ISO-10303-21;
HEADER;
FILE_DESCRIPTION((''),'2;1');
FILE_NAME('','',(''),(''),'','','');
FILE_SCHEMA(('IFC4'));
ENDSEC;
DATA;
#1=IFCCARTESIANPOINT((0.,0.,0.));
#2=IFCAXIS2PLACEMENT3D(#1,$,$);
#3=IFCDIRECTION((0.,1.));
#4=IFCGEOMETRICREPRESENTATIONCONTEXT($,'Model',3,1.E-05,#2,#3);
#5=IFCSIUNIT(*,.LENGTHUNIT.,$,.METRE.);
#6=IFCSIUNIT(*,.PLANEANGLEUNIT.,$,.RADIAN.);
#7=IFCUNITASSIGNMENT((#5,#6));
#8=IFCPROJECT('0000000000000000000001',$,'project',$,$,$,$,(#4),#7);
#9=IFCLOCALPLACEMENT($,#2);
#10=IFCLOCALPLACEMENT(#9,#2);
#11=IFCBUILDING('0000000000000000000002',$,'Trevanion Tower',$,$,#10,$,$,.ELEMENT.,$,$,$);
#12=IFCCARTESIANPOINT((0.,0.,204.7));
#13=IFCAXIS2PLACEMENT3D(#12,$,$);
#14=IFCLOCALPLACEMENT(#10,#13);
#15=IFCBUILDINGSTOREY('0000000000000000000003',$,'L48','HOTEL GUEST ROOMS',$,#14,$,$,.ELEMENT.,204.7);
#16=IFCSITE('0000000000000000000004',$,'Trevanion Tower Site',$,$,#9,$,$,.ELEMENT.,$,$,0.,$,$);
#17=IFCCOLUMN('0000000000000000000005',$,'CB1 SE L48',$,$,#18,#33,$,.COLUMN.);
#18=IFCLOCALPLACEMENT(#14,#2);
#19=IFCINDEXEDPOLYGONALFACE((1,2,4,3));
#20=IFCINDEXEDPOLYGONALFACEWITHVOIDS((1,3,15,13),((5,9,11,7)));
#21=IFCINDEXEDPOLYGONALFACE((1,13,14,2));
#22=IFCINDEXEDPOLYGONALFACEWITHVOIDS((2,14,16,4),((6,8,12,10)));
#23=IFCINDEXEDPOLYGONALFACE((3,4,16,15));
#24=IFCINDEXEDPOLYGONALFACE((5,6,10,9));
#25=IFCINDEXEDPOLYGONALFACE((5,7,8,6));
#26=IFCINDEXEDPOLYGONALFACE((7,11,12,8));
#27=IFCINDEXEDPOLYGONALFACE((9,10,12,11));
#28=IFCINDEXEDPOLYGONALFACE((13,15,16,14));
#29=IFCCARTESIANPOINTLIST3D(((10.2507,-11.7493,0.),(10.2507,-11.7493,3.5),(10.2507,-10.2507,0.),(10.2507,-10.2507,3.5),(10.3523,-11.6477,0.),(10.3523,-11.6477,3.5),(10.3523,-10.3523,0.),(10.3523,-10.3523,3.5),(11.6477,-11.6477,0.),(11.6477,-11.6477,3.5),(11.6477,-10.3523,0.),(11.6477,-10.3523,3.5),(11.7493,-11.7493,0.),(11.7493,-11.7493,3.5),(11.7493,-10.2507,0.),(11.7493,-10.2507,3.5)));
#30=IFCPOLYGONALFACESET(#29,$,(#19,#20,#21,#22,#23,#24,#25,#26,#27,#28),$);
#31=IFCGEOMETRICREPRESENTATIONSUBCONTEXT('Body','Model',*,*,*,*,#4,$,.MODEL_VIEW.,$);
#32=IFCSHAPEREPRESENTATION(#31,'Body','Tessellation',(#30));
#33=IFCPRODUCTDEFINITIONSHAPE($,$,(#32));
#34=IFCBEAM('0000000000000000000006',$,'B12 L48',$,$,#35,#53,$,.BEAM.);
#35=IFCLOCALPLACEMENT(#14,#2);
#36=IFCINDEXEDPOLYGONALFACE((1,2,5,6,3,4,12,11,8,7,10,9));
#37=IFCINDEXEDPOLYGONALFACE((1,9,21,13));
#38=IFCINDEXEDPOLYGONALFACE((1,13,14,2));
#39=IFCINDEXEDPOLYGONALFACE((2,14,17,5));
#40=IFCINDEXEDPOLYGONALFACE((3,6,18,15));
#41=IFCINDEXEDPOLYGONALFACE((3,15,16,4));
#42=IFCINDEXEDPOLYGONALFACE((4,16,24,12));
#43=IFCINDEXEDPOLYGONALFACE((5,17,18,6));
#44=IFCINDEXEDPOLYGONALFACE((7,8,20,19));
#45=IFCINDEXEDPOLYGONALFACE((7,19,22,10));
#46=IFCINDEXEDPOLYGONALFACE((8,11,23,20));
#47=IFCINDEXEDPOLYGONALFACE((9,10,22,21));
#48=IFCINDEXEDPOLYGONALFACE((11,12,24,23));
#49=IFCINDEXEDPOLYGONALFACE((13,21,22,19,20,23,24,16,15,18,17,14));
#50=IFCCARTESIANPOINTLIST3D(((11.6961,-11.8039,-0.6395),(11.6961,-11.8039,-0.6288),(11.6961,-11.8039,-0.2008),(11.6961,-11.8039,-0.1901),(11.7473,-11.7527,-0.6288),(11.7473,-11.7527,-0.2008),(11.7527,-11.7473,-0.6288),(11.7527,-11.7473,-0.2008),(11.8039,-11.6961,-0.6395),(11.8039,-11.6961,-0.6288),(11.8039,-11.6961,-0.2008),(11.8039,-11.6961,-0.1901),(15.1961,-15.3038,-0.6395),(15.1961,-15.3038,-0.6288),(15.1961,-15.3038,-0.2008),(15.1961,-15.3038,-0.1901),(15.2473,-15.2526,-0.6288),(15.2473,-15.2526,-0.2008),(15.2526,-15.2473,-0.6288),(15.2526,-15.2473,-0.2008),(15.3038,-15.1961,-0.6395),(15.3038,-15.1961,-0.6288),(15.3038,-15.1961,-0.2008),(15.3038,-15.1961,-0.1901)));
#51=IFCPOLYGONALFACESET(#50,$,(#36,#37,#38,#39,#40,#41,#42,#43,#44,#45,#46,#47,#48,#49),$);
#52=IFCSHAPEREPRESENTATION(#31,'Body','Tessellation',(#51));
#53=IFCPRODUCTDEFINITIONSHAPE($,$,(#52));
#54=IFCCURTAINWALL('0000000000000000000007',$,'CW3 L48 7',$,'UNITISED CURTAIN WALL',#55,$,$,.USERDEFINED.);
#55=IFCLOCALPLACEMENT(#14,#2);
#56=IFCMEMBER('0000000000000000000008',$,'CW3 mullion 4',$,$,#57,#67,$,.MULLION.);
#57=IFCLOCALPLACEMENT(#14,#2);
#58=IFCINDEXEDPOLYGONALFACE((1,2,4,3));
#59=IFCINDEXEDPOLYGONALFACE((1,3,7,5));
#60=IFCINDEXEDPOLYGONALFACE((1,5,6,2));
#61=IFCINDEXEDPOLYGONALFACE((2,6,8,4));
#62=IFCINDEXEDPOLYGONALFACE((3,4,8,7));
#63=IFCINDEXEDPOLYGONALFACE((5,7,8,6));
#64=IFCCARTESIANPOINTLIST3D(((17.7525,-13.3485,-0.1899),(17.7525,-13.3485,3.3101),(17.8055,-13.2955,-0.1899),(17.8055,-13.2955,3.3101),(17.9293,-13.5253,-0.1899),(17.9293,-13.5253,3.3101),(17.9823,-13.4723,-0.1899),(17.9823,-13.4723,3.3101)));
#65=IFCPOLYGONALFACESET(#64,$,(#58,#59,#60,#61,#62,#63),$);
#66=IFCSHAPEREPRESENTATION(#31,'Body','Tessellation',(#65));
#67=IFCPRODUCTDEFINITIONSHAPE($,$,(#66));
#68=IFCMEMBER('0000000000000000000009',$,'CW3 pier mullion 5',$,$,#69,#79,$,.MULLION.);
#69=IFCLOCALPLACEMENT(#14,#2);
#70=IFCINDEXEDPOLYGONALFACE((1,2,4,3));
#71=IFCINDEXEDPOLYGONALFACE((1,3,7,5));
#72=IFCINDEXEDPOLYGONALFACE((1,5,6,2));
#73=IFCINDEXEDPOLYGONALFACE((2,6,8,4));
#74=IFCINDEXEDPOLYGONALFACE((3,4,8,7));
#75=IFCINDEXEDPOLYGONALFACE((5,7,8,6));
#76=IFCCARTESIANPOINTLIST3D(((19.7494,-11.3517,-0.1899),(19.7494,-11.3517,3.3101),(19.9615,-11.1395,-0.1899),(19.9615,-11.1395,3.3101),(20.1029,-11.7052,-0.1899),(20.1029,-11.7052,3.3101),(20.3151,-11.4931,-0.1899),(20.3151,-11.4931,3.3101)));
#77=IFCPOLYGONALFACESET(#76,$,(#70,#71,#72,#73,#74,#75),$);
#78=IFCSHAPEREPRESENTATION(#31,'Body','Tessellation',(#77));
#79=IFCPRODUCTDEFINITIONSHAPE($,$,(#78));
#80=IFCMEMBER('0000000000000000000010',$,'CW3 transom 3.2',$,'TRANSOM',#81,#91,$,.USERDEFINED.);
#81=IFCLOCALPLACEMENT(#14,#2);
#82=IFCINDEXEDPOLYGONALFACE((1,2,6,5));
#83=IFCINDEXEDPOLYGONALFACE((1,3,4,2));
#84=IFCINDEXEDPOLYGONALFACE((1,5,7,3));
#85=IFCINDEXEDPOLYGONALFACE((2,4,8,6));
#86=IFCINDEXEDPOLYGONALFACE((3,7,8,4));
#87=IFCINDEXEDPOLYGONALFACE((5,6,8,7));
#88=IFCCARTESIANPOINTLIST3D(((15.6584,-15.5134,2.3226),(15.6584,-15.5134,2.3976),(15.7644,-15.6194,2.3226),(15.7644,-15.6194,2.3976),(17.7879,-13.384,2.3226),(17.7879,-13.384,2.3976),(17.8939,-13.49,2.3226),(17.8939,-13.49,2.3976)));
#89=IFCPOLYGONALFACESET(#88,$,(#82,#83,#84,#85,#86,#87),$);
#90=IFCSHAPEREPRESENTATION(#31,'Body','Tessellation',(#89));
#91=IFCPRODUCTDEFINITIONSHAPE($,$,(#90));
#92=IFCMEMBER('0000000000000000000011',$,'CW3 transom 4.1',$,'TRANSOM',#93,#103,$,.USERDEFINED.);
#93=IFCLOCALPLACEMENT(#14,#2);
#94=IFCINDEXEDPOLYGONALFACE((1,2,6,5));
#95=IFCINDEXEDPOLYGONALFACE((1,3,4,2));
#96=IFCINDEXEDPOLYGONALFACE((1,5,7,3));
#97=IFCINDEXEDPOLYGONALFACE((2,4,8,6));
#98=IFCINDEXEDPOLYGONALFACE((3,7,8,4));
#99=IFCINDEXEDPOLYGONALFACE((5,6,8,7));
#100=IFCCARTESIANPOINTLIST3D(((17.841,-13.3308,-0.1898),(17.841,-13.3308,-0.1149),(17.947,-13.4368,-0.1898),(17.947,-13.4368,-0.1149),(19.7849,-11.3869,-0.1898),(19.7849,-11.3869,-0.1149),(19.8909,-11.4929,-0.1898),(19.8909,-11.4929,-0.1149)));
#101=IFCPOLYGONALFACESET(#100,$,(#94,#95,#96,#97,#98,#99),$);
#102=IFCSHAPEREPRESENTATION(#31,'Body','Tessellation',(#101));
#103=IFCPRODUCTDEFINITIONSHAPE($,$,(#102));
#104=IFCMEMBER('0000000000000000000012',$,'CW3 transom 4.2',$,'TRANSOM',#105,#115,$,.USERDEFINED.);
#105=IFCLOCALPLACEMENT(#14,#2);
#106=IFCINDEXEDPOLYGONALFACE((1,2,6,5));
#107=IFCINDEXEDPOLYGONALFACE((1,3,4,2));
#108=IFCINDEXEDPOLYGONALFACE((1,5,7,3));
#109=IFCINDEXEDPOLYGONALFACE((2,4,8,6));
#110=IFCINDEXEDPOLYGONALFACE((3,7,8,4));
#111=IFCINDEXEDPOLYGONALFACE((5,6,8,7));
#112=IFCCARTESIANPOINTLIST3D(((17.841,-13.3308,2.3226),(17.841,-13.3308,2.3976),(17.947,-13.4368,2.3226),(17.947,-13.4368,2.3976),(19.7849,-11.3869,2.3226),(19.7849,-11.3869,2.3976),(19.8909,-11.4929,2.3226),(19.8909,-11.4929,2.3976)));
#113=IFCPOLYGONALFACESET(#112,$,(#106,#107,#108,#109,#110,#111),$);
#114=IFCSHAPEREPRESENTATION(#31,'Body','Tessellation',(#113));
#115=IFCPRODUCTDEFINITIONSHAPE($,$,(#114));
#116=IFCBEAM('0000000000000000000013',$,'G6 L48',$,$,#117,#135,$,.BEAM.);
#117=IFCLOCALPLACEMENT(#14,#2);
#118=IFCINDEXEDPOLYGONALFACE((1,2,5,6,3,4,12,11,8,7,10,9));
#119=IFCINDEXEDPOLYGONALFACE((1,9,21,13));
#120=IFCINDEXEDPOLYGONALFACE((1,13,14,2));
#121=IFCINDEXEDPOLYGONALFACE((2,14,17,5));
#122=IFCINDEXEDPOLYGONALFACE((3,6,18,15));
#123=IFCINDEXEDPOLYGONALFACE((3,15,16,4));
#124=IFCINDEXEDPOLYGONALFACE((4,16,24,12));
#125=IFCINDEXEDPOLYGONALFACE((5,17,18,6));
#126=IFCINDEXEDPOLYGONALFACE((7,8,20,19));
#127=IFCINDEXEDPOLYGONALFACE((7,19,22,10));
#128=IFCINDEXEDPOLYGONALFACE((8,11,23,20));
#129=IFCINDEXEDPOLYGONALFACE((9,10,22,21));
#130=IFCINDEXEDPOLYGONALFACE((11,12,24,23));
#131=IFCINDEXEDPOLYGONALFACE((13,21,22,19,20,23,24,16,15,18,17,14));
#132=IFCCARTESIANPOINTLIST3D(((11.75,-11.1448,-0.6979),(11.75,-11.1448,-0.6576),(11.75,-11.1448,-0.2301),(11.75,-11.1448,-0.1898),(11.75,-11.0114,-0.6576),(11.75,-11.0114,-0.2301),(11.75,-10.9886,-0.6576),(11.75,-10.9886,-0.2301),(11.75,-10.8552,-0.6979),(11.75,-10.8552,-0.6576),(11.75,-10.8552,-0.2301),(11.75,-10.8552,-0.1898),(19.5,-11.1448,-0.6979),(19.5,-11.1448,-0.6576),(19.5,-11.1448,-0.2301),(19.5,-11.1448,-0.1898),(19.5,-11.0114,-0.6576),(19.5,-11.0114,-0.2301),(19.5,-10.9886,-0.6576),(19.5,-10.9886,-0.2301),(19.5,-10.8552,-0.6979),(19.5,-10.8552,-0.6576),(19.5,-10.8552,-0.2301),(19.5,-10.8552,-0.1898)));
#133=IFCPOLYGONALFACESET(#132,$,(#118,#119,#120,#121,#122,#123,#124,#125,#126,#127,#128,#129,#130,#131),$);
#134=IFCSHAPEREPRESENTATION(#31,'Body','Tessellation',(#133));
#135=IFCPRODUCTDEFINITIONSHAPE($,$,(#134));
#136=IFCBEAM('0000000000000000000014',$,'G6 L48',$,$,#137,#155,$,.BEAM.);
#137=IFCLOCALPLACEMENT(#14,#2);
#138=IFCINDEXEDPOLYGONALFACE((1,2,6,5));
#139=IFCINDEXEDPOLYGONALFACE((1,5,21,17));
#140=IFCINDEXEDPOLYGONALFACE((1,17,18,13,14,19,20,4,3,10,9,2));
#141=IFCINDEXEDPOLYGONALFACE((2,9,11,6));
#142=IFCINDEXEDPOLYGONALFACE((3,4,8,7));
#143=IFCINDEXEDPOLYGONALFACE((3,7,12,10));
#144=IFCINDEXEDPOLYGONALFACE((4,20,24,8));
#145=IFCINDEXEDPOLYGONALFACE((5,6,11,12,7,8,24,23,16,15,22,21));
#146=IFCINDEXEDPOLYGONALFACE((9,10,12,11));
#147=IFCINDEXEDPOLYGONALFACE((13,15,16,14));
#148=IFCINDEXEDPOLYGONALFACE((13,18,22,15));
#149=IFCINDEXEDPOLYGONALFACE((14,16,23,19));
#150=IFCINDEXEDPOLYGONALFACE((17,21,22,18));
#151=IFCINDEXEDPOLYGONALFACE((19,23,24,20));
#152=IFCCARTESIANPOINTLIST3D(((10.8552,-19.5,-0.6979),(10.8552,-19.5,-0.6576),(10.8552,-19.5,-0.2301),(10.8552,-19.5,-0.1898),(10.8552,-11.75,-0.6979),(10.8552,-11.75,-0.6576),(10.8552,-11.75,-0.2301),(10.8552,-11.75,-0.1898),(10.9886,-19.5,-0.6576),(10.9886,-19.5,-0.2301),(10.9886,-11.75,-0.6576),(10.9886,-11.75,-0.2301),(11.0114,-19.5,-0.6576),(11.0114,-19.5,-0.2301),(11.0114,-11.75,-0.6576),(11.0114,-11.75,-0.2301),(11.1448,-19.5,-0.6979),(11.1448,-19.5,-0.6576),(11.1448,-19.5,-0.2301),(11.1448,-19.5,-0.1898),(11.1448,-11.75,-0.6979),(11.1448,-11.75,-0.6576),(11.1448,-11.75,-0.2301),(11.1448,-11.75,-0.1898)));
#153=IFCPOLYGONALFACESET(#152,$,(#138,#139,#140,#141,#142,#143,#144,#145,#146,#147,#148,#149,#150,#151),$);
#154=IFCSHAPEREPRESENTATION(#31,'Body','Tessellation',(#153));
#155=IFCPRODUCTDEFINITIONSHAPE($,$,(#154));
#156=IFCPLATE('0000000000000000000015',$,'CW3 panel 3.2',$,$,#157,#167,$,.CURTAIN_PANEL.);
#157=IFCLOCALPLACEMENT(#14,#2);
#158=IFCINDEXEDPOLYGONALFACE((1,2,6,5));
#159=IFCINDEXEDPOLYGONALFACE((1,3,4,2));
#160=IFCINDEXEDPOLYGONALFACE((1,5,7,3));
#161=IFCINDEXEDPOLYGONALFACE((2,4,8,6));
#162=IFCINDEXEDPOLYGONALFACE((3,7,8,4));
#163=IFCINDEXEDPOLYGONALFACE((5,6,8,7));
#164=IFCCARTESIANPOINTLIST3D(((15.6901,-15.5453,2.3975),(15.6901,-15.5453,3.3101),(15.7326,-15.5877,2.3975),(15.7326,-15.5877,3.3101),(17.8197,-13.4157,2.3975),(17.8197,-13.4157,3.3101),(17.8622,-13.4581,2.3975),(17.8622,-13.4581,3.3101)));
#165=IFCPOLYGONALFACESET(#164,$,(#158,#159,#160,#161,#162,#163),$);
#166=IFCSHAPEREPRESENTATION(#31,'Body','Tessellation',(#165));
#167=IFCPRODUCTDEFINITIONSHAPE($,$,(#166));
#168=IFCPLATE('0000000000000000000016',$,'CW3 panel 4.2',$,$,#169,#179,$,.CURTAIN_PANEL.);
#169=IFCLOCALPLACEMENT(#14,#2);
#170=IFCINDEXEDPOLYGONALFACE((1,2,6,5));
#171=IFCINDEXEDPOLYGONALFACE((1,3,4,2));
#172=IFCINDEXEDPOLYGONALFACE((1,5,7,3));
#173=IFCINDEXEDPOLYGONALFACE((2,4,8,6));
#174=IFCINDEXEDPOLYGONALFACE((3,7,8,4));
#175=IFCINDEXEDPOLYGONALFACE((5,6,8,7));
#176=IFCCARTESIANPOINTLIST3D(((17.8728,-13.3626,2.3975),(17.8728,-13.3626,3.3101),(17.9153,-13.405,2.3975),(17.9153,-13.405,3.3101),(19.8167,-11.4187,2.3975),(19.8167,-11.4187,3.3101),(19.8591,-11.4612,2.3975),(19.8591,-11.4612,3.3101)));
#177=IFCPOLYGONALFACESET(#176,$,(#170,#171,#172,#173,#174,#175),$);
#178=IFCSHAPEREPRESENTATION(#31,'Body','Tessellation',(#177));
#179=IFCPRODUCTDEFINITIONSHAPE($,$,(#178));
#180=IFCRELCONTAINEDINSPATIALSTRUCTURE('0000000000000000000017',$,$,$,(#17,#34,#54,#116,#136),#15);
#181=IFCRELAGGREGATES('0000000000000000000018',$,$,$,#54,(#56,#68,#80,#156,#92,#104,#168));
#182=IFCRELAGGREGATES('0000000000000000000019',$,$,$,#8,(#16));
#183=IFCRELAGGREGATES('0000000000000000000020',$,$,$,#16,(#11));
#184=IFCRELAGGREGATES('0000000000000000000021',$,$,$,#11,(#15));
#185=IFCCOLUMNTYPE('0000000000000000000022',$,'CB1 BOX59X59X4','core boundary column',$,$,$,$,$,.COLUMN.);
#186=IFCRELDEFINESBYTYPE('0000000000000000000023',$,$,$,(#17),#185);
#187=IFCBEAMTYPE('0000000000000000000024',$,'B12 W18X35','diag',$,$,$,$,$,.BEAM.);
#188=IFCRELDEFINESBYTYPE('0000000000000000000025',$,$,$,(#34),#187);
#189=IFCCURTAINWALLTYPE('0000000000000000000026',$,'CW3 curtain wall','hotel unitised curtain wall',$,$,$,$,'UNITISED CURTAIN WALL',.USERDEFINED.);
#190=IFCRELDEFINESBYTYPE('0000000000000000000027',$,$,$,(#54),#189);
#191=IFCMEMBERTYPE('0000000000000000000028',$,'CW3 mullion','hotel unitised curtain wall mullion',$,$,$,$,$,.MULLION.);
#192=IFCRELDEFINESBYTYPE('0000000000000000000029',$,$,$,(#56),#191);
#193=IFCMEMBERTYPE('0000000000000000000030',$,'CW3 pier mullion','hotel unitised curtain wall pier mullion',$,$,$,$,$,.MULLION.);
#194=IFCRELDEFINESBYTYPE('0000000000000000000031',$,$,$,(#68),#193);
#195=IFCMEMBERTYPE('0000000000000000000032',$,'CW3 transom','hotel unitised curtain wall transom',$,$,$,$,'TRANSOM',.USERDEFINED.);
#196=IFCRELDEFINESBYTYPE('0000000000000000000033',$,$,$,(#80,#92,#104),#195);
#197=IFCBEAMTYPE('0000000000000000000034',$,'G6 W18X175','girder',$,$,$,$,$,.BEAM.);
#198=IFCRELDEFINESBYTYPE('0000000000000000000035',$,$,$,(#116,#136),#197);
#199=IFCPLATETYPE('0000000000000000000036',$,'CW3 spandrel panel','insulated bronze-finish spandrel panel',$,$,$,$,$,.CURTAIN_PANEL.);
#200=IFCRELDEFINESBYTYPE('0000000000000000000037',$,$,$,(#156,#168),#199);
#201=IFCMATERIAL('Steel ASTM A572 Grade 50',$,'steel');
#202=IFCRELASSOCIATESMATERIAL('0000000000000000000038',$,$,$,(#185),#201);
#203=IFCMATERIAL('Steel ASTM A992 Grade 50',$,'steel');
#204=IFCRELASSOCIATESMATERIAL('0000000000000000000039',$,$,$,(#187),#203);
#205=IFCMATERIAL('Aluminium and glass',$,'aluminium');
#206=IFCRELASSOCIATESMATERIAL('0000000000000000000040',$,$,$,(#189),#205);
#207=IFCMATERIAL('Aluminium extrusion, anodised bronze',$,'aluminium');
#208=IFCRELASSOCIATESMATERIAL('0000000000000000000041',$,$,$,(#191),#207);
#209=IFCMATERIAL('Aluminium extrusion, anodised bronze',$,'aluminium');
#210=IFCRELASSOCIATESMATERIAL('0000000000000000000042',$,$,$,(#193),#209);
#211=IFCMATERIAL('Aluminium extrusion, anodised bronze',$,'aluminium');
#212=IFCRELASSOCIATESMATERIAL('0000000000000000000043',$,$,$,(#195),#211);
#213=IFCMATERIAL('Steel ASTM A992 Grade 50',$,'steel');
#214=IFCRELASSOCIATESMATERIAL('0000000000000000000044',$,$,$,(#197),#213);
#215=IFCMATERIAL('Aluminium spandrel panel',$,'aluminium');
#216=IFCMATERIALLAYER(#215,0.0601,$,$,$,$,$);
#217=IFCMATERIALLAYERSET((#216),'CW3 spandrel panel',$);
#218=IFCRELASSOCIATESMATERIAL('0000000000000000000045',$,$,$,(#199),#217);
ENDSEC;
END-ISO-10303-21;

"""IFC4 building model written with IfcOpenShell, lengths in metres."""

from ifc_helpers import new_model, si_unit, direction, frame, origin, origin_2d, place, context, subcontext, project, spatial, rectangle, hollow_rectangle, i_section, extrude, material, layer, layer_set, material_profile, profile_set, type_object, element, aggregate, save


model = new_model("IFC4")

# Units and contexts
model_context = context("Model", 3, precision=1e-05, world=origin(), true_north=direction((0.0, 1.0)))
body_context = subcontext(model_context, "Body", "Model", "MODEL_VIEW")
ifc_project = project(units=[si_unit("LENGTHUNIT", "METRE"), si_unit("PLANEANGLEUNIT", "RADIAN")], contexts=[model_context])

# Site, building, storey
site_placement = place(None, origin())
site = spatial("IfcSite", under=ifc_project, at=site_placement, Name="Trevanion Tower Site", CompositionType="ELEMENT", RefElevation=0.0)
building_placement = place(site_placement, origin())
building = spatial("IfcBuilding", under=site, at=building_placement, Name="Trevanion Tower", CompositionType="ELEMENT")
storey_placement = place(building_placement, frame((0.0, 0.0, 204.7)))
storey = spatial("IfcBuildingStorey", under=building, at=storey_placement, Name="L48", Description="HOTEL GUEST ROOMS", CompositionType="ELEMENT", Elevation=204.7)

# Column
ifc_material_1 = material(Name="Steel ASTM A572 Grade 50", Category="steel")
ifc_material_profile_1 = material_profile(ifc_material_1, hollow_rectangle(XDim=1.4985, YDim=1.4985, WallThickness=0.1016, at=origin_2d()), Name="BOX59X59X4")
ifc_profile_set_1 = profile_set([ifc_material_profile_1], Name="Steel ASTM A572 Grade 50")
column_type = type_object("IfcColumnType", Name="CB1 BOX59X59X4", Description="core boundary column", PredefinedType="COLUMN", material=ifc_profile_set_1)
column_placement = place(storey_placement, frame((11.0, -11.0, 0.0), z_axis=(0.0, 0.0, 1.0), x_axis=(1.0, 0.0, 0.0)))
element("IfcColumn", 1, at=column_placement, inside=storey, type_object=column_type, Name="CB1 SE L48", PredefinedType="COLUMN", context=body_context, shape_type="SweptSolid", body=[
    extrude(hollow_rectangle(XDim=1.4985, YDim=1.4985, WallThickness=0.1016, at=origin_2d()), origin(), (0.0, 0.0, 1.0), 3.5),
])

# Beam
ifc_material_2 = material(Name="Steel ASTM A992 Grade 50", Category="steel")
ifc_material_profile_2 = material_profile(ifc_material_2, i_section(OverallWidth=0.1523, OverallDepth=0.4495, WebThickness=0.0076, FlangeThickness=0.0107, at=origin_2d()), Name="W18X35")
ifc_profile_set_2 = profile_set([ifc_material_profile_2], Name="Steel ASTM A992 Grade 50")
beam_type_1 = type_object("IfcBeamType", Name="B12 W18X35", Description="diag", PredefinedType="BEAM", material=ifc_profile_set_2)
beam_placement = place(storey_placement, frame((11.75, -11.75, -0.4148), z_axis=(0.707107, -0.707107, 0.0), x_axis=(0.707107, 0.707107, 0.0)))
element("IfcBeam", 2, at=beam_placement, inside=storey, type_object=beam_type_1, Name="B12 L48", PredefinedType="BEAM", context=body_context, shape_type="SweptSolid", body=[
    extrude(i_section(OverallWidth=0.1523, OverallDepth=0.4495, WebThickness=0.0076, FlangeThickness=0.0107, at=origin_2d()), origin(), (0.0, 0.0, 1.0), 4.9497),
])

# Curtain wall, members
ifc_material_3 = material(Name="Aluminium and glass", Category="aluminium")
curtain_wall_type = type_object("IfcCurtainWallType", Name="CW3 curtain wall", Description="hotel unitised curtain wall", ElementType="UNITISED CURTAIN WALL", PredefinedType="USERDEFINED", material=ifc_material_3)
curtain_wall_placement = place(storey_placement, origin())
curtain_wall = element("IfcCurtainWall", 3, at=curtain_wall_placement, inside=storey, type_object=curtain_wall_type, Name="CW3 L48 7", ObjectType="UNITISED CURTAIN WALL", PredefinedType="USERDEFINED")
ifc_material_4 = material(Name="Aluminium extrusion, anodised bronze", Category="aluminium")
ifc_material_profile_3 = material_profile(ifc_material_4, rectangle(XDim=0.075, YDim=0.25, at=origin_2d()), Name="CW3 mullion")
ifc_profile_set_3 = profile_set([ifc_material_profile_3], Name="Aluminium extrusion, anodised bronze")
member_type_1 = type_object("IfcMemberType", Name="CW3 mullion", Description="hotel unitised curtain wall mullion", PredefinedType="MULLION", material=ifc_profile_set_3)
member_1_placement = place(storey_placement, frame((17.8674, -13.4104, -0.1899), z_axis=(0.0, 0.0, 1.0), x_axis=(0.707107, 0.707107, 0.0)))
member_1 = element("IfcMember", 4, at=member_1_placement, type_object=member_type_1, Name="CW3 mullion 4", PredefinedType="MULLION", context=body_context, shape_type="SweptSolid", body=[
    extrude(rectangle(XDim=0.075, YDim=0.25, at=origin_2d()), origin(), (0.0, 0.0, 1.0), 3.5),
])
ifc_material_5 = material(Name="Aluminium extrusion, anodised bronze", Category="aluminium")
ifc_material_profile_4 = material_profile(ifc_material_5, rectangle(XDim=0.3, YDim=0.5, at=origin_2d()), Name="CW3 pier mullion")
ifc_profile_set_4 = profile_set([ifc_material_profile_4], Name="Aluminium extrusion, anodised bronze")
member_type_2 = type_object("IfcMemberType", Name="CW3 pier mullion", Description="hotel unitised curtain wall pier mullion", PredefinedType="MULLION", material=ifc_profile_set_4)
member_2_placement = place(storey_placement, frame((20.0322, -11.4224, -0.1899), z_axis=(0.0, 0.0, 1.0), x_axis=(0.707107, 0.707107, 0.0)))
member_2 = element("IfcMember", 5, at=member_2_placement, type_object=member_type_2, Name="CW3 pier mullion 5", PredefinedType="MULLION", context=body_context, shape_type="SweptSolid", body=[
    extrude(rectangle(XDim=0.3, YDim=0.5, at=origin_2d()), origin(), (0.0, 0.0, 1.0), 3.5),
])
ifc_material_6 = material(Name="Aluminium extrusion, anodised bronze", Category="aluminium")
ifc_material_profile_5 = material_profile(ifc_material_6, rectangle(XDim=0.1499, YDim=0.075, at=origin_2d()), Name="CW3 transom")
ifc_profile_set_5 = profile_set([ifc_material_profile_5], Name="Aluminium extrusion, anodised bronze")
member_type_3 = type_object("IfcMemberType", Name="CW3 transom", Description="hotel unitised curtain wall transom", ElementType="TRANSOM", PredefinedType="USERDEFINED", material=ifc_profile_set_5)
member_3_placement = place(storey_placement, frame((15.7114, -15.5664, 2.3601), z_axis=(0.707107, 0.707107, 0.0), x_axis=(-0.707107, 0.707107, 0.0)))
member_3 = element("IfcMember", 6, at=member_3_placement, type_object=member_type_3, Name="CW3 transom 3.2", ObjectType="TRANSOM", PredefinedType="USERDEFINED", context=body_context, shape_type="SweptSolid", body=[
    extrude(rectangle(XDim=0.1499, YDim=0.075, at=origin_2d()), origin(), (0.0, 0.0, 1.0), 3.0115),
])
member_4_placement = place(storey_placement, frame((17.894, -13.3838, -0.1523), z_axis=(0.707107, 0.707107, 0.0), x_axis=(-0.707107, 0.707107, 0.0)))
member_4 = element("IfcMember", 7, at=member_4_placement, type_object=member_type_3, Name="CW3 transom 4.1", ObjectType="TRANSOM", PredefinedType="USERDEFINED", context=body_context, shape_type="SweptSolid", body=[
    extrude(rectangle(XDim=0.1499, YDim=0.075, at=origin_2d()), origin(), (0.0, 0.0, 1.0), 2.749),
])
member_5_placement = place(storey_placement, frame((17.894, -13.3838, 2.3601), z_axis=(0.707107, 0.707107, 0.0), x_axis=(-0.707107, 0.707107, 0.0)))
member_5 = element("IfcMember", 8, at=member_5_placement, type_object=member_type_3, Name="CW3 transom 4.2", ObjectType="TRANSOM", PredefinedType="USERDEFINED", context=body_context, shape_type="SweptSolid", body=[
    extrude(rectangle(XDim=0.1499, YDim=0.075, at=origin_2d()), origin(), (0.0, 0.0, 1.0), 2.749),
])

# Beams
ifc_material_7 = material(Name="Steel ASTM A992 Grade 50", Category="steel")
ifc_material_profile_6 = material_profile(ifc_material_7, i_section(OverallWidth=0.2896, OverallDepth=0.5081, WebThickness=0.0227, FlangeThickness=0.0403, at=origin_2d()), Name="W18X175")
ifc_profile_set_6 = profile_set([ifc_material_profile_6], Name="Steel ASTM A992 Grade 50")
beam_type_2 = type_object("IfcBeamType", Name="G6 W18X175", Description="girder", PredefinedType="BEAM", material=ifc_profile_set_6)
for number, where, z_axis, x_axis, name in (
    (9, (11.75, -11.0, -0.4438), (1.0, 0.0, 0.0), (0.0, 1.0, 0.0), "G6 L48"),
    (10, (11.0, -11.75, -0.4438), (0.0, -1.0, 0.0), (1.0, 0.0, 0.0), "G6 L48"),
):
    element("IfcBeam", number, at=place(storey_placement, frame(where, z_axis=z_axis, x_axis=x_axis)), inside=storey, type_object=beam_type_2, Name=name, PredefinedType="BEAM", context=body_context, shape_type="SweptSolid", body=[
        extrude(i_section(OverallWidth=0.2896, OverallDepth=0.5081, WebThickness=0.0227, FlangeThickness=0.0403, at=origin_2d()), origin(), (0.0, 0.0, 1.0), 7.75),
    ])

# Plates
ifc_material_8 = material(Name="Aluminium spandrel panel", Category="aluminium")
ifc_layer_1 = layer(ifc_material_8, 0.0601)
ifc_layer_set_1 = layer_set([ifc_layer_1], Name="CW3 spandrel panel")
plate_type_1 = type_object("IfcPlateType", Name="CW3 spandrel panel", Description="insulated bronze-finish spandrel panel", PredefinedType="CURTAIN_PANEL", material=ifc_layer_set_1)
plate_1_placement = place(storey_placement, frame((16.7761, -14.5017, 2.3975), z_axis=(0.0, 0.0, 1.0), x_axis=(0.707107, 0.707107, 0.0)))
plate_1 = element("IfcPlate", 11, at=plate_1_placement, type_object=plate_type_1, Name="CW3 panel 3.2", PredefinedType="CURTAIN_PANEL", context=body_context, shape_type="SweptSolid", body=[
    extrude(rectangle(XDim=3.0117, YDim=0.0601, at=origin_2d()), origin(), (0.0, 0.0, 1.0), 0.9126),
])
plate_2_placement = place(storey_placement, frame((18.866, -12.4119, 2.3975), z_axis=(0.0, 0.0, 1.0), x_axis=(0.707107, 0.707107, 0.0)))
plate_2 = element("IfcPlate", 12, at=plate_2_placement, type_object=plate_type_1, Name="CW3 panel 4.2", PredefinedType="CURTAIN_PANEL", context=body_context, shape_type="SweptSolid", body=[
    extrude(rectangle(XDim=2.749, YDim=0.0601, at=origin_2d()), origin(), (0.0, 0.0, 1.0), 0.9126),
])
aggregate(curtain_wall, [member_1, member_2, member_3, plate_1, member_4, member_5, plate_2])

save(model, "model.ifc")
